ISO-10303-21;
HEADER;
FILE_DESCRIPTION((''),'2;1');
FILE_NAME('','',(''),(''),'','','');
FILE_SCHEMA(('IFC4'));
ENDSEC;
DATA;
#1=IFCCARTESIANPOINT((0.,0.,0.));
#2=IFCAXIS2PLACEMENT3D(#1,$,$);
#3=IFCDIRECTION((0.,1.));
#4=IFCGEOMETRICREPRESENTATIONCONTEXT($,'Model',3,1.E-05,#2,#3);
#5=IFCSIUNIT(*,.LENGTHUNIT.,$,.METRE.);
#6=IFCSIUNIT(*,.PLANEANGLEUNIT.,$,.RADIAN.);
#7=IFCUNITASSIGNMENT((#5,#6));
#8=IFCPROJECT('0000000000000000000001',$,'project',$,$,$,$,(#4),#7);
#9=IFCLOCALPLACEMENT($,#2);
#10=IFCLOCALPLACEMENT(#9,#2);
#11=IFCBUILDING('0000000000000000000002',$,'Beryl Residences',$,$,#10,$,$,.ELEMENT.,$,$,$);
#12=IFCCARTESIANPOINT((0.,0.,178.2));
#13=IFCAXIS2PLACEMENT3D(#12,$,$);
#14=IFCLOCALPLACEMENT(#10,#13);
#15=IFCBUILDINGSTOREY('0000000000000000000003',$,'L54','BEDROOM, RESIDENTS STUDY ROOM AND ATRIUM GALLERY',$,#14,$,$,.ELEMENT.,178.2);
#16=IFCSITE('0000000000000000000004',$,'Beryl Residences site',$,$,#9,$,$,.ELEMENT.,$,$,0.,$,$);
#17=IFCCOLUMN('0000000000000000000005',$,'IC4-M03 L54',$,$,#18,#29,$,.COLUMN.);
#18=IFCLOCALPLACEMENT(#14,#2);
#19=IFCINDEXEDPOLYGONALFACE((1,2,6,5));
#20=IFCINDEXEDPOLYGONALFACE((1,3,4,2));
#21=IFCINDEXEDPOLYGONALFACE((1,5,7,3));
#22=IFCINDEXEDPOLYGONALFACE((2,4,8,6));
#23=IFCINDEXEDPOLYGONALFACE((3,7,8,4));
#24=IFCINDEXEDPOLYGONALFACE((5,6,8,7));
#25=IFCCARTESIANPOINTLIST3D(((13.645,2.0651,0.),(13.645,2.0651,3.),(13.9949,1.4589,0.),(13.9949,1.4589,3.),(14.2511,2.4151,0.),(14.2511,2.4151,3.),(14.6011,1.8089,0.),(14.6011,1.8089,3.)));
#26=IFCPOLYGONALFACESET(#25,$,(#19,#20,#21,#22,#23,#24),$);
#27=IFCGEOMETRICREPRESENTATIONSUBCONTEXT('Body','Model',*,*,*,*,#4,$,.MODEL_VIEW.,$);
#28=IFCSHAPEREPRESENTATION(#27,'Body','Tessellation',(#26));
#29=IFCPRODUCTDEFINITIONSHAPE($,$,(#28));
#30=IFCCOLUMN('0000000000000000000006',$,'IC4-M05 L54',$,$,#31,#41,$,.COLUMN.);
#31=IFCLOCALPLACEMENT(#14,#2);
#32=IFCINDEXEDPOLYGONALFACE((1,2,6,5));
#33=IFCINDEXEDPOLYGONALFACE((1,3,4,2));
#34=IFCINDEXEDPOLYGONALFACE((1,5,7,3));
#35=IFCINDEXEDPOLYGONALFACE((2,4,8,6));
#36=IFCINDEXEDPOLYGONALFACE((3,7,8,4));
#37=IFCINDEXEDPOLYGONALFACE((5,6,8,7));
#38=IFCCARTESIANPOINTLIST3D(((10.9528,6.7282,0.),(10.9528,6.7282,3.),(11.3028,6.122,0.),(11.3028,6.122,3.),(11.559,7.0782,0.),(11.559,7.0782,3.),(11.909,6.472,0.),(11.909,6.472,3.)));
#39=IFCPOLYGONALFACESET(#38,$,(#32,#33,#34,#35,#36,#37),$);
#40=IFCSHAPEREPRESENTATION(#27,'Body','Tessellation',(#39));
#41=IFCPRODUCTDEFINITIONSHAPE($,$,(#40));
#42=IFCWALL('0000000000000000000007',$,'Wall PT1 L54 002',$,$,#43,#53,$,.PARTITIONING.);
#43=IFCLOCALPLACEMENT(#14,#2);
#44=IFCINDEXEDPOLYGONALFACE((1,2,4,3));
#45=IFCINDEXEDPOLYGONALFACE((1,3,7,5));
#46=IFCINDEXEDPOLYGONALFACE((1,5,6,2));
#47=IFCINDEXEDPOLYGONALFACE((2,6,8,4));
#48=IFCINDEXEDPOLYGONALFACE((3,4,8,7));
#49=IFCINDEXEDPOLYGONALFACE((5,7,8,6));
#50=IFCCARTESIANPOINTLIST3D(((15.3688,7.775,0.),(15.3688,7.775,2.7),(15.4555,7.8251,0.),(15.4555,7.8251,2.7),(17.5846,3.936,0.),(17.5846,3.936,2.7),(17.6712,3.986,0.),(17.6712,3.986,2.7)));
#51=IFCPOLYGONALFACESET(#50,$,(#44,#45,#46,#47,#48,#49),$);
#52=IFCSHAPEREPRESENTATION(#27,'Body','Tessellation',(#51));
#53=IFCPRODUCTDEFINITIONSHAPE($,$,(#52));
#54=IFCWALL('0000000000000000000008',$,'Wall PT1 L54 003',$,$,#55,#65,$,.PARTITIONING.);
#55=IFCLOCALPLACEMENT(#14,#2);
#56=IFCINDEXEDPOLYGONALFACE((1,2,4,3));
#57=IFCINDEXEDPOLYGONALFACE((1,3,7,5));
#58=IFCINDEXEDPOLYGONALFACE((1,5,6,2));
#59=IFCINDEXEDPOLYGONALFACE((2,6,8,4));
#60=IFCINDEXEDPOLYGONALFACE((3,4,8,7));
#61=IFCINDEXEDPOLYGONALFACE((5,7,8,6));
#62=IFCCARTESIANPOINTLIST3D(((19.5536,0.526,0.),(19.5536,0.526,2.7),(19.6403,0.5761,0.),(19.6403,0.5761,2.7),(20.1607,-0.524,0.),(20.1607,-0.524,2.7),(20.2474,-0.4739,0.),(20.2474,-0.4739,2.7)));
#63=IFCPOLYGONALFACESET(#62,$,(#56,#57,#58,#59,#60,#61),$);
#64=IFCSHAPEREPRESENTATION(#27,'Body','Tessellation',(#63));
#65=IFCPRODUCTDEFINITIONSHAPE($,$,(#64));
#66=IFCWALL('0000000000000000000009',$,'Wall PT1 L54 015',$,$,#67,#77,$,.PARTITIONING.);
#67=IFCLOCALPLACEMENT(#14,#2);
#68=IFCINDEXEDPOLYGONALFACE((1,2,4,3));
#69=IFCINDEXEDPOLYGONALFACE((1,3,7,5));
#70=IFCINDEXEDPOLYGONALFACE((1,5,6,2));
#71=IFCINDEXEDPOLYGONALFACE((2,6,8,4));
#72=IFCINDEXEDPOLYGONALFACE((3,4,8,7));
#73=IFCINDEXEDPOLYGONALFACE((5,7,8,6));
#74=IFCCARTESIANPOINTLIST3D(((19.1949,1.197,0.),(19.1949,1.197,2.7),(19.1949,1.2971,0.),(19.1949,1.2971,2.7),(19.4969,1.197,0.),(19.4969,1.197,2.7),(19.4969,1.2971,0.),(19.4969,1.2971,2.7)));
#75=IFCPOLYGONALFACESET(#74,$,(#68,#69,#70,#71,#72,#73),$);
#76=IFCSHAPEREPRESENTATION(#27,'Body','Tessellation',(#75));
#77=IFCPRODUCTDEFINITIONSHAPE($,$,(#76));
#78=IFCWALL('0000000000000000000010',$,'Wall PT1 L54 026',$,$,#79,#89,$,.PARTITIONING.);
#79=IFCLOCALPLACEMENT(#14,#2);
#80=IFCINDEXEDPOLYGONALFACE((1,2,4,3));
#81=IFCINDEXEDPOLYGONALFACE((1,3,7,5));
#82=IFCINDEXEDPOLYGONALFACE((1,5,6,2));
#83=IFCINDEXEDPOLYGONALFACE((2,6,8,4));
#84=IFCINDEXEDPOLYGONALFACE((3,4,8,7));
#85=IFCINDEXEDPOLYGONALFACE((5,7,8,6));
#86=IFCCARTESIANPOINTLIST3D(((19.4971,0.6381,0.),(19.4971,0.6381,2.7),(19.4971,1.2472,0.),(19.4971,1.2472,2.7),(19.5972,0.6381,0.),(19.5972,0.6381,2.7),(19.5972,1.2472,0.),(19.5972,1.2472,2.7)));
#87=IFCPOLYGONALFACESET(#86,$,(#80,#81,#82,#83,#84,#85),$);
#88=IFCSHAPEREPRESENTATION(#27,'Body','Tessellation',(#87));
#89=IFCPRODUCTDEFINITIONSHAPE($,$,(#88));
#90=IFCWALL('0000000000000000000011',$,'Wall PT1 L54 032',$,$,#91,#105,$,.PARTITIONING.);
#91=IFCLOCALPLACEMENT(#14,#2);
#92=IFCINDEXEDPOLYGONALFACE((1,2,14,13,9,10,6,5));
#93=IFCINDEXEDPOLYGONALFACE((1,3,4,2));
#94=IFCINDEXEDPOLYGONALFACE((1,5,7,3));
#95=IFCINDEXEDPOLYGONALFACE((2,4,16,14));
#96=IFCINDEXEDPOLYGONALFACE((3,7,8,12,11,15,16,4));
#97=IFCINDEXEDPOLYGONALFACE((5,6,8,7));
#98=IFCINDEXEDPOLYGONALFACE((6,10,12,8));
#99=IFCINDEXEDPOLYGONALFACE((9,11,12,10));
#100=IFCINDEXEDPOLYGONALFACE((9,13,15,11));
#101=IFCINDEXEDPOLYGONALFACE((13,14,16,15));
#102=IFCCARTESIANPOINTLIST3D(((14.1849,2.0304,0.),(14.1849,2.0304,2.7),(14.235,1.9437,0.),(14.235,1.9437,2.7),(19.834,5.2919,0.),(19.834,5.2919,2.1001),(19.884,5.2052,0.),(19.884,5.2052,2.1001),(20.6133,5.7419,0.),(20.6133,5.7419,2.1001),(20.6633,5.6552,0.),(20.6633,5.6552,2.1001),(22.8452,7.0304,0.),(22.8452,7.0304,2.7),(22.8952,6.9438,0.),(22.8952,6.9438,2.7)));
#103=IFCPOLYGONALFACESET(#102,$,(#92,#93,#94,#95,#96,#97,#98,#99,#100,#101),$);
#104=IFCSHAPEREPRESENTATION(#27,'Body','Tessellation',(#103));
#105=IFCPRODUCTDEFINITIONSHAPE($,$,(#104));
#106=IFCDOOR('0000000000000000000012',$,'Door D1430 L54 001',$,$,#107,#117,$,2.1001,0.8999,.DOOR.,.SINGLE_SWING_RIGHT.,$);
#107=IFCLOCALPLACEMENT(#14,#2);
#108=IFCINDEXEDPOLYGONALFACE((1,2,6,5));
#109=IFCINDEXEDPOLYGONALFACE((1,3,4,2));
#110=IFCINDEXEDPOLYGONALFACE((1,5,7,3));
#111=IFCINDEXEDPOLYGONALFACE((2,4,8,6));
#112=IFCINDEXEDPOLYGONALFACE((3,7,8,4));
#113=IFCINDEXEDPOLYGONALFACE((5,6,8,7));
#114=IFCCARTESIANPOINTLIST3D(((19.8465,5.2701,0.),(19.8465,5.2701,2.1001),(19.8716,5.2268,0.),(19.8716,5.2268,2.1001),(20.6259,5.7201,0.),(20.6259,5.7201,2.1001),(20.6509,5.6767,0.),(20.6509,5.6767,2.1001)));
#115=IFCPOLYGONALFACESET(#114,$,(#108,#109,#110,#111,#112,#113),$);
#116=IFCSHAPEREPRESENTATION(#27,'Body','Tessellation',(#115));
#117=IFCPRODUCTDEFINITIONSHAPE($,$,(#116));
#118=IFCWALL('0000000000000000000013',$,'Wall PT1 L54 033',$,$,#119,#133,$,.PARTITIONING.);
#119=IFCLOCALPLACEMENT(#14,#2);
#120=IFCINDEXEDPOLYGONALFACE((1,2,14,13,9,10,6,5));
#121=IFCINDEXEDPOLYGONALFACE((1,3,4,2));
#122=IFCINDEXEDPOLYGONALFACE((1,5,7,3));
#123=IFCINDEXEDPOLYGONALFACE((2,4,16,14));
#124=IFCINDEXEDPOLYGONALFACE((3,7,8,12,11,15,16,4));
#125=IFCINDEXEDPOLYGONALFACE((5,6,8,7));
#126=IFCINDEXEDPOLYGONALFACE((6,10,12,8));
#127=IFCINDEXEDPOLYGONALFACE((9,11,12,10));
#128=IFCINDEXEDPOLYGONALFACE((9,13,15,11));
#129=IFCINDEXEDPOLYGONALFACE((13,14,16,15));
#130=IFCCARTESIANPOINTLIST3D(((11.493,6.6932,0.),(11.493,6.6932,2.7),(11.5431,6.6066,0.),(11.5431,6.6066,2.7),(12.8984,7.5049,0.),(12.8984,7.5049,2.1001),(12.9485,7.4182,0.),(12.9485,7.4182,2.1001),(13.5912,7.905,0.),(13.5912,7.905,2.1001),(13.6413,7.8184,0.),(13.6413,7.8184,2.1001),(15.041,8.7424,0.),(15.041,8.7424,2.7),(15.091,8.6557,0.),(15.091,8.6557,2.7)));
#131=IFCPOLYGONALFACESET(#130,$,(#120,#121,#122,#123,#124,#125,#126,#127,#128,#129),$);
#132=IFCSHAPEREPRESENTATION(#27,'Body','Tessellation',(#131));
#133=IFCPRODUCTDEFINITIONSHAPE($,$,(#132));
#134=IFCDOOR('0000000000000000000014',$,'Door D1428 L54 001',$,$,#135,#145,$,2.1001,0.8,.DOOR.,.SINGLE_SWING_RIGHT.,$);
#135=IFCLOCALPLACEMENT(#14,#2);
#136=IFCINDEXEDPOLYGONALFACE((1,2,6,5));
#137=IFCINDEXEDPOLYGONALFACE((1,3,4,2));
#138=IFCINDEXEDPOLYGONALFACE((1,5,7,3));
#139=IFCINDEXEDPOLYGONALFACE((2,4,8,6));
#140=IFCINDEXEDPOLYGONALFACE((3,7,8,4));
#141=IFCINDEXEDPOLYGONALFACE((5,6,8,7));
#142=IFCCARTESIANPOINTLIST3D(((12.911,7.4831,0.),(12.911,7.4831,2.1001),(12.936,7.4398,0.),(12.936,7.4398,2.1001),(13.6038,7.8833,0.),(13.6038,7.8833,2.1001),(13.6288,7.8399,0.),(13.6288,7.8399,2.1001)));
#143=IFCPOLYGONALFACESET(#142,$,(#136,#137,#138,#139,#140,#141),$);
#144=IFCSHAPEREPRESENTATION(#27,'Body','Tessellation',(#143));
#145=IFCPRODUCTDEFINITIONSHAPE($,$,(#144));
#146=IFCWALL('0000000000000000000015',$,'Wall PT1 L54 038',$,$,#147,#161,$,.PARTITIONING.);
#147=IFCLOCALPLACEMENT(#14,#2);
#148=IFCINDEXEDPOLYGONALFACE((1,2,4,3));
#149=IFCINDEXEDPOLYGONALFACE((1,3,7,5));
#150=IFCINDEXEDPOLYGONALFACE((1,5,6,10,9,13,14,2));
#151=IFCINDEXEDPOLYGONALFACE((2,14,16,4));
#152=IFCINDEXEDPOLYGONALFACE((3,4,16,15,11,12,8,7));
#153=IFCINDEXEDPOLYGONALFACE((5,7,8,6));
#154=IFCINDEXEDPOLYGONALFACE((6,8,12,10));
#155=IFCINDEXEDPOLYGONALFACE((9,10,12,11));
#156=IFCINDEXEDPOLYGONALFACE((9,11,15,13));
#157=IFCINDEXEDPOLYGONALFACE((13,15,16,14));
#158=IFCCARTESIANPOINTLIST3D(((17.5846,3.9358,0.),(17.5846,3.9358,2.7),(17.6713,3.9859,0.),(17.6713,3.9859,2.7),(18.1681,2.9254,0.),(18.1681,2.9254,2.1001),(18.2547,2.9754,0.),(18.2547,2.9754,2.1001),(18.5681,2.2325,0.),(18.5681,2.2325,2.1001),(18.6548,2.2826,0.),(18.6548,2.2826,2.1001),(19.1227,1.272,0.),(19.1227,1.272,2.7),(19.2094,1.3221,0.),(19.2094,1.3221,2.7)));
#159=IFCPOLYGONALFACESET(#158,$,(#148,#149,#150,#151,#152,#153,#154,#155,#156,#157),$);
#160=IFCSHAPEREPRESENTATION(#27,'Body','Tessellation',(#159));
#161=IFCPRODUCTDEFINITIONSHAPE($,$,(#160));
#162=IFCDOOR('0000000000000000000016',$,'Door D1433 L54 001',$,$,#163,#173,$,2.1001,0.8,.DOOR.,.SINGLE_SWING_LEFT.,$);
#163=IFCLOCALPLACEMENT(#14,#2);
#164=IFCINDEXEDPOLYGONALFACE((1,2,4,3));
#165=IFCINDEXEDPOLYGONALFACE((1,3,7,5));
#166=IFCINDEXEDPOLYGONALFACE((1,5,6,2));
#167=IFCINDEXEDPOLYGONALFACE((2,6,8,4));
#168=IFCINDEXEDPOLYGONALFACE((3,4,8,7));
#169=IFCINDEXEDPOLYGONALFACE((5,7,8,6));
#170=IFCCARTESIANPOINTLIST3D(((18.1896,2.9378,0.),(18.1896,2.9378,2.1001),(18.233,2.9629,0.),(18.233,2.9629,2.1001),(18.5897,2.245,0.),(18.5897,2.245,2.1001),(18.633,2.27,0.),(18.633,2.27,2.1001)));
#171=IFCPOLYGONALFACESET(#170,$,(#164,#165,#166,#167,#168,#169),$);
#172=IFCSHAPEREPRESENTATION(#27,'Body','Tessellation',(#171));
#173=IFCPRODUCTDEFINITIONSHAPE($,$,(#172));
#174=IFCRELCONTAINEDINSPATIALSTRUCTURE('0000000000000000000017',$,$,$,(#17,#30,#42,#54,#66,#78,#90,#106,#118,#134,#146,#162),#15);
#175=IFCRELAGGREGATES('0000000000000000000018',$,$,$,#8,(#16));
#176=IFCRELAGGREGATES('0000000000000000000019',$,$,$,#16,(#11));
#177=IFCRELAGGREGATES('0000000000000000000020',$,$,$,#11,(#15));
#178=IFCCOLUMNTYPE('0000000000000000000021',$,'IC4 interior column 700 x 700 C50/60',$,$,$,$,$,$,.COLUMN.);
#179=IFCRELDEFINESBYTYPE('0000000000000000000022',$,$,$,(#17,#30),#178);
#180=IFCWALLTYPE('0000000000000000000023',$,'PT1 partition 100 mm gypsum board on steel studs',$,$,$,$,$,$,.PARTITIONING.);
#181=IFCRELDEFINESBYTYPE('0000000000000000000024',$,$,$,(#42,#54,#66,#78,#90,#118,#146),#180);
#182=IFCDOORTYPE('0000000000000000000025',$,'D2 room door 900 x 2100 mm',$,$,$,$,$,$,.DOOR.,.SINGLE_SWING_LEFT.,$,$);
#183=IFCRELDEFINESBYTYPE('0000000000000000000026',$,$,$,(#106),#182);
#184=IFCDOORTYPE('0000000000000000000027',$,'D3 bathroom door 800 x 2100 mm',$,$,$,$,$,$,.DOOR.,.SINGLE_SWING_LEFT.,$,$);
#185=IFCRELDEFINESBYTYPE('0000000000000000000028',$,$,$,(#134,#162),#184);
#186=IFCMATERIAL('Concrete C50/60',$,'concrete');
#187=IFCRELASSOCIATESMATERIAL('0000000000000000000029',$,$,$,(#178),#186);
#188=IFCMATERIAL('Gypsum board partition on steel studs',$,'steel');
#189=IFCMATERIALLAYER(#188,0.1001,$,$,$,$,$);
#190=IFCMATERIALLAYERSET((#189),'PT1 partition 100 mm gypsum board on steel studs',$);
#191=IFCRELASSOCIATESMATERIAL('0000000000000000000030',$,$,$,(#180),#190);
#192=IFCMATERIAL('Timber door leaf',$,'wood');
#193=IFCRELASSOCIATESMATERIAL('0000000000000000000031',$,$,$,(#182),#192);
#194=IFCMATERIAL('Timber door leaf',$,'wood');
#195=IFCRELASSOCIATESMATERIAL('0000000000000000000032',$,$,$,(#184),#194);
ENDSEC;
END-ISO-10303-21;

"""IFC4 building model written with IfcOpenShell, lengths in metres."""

from ifc_helpers import new_model, si_unit, direction, frame, frame_2d, origin, origin_2d, place, context, subcontext, project, spatial, rectangle, extrude, material, layer, layer_set, material_profile, profile_set, type_object, element, fill, save


model = new_model("IFC4")

# Units and contexts
model_context = context("Model", 3, precision=1e-05, world=origin(), true_north=direction((0.0, 1.0)))
body_context = subcontext(model_context, "Body", "Model", "MODEL_VIEW")
ifc_project = project(units=[si_unit("LENGTHUNIT", "METRE"), si_unit("PLANEANGLEUNIT", "RADIAN")], contexts=[model_context])

# Site, building, storey
site_placement = place(None, origin())
site = spatial("IfcSite", under=ifc_project, at=site_placement, Name="Beryl Residences site", CompositionType="ELEMENT", RefElevation=0.0)
building_placement = place(site_placement, origin())
building = spatial("IfcBuilding", under=site, at=building_placement, Name="Beryl Residences", CompositionType="ELEMENT")
storey_placement = place(building_placement, frame((0.0, 0.0, 178.2)))
storey = spatial("IfcBuildingStorey", under=building, at=storey_placement, Name="L54", Description="BEDROOM, RESIDENTS STUDY ROOM AND ATRIUM GALLERY", CompositionType="ELEMENT", Elevation=178.2)

# Columns
ifc_material_1 = material(Name="Concrete C50/60", Category="concrete")
ifc_material_profile = material_profile(ifc_material_1, rectangle(XDim=0.7, YDim=0.7, at=origin_2d()))
ifc_profile_set = profile_set([ifc_material_profile], Name="Concrete C50/60")
column_type = type_object("IfcColumnType", Name="IC4 interior column 700 x 700 C50/60", PredefinedType="COLUMN", material=ifc_profile_set)
for number, where, z_axis, x_axis, name in (
    (1, (14.123, 1.937, 0.0), (0.0, 0.0, 1.0), (-0.5, 0.866025, 0.0), "IC4-M03 L54"),
    (2, (11.4309, 6.6001, 0.0), (0.0, 0.0, 1.0), (-0.5, 0.866025, 0.0), "IC4-M05 L54"),
):
    element("IfcColumn", number, at=place(storey_placement, frame(where, z_axis=z_axis, x_axis=x_axis)), inside=storey, type_object=column_type, Name=name, PredefinedType="COLUMN", context=body_context, shape_type="SweptSolid", body=[
        extrude(rectangle(XDim=0.7, YDim=0.7, at=origin_2d()), origin(), (0.0, 0.0, 1.0), 3.0),
    ])

# Walls
ifc_material_2 = material(Name="Gypsum board partition on steel studs", Category="steel")
ifc_layer_1 = layer(ifc_material_2, 0.1001)
ifc_layer_set_1 = layer_set([ifc_layer_1], Name="PT1 partition 100 mm gypsum board on steel studs")
wall_type_1 = type_object("IfcWallType", Name="PT1 partition 100 mm gypsum board on steel studs", PredefinedType="PARTITIONING", material=ifc_layer_set_1)
wall_1_placement = place(storey_placement, frame((15.4121, 7.8, 0.0), z_axis=(0.0, 0.0, 1.0), x_axis=(0.499883, -0.866093, 0.0)))
element("IfcWall", 3, at=wall_1_placement, inside=storey, type_object=wall_type_1, Name="Wall PT1 L54 002", PredefinedType="PARTITIONING", context=body_context, shape_type="SweptSolid", body=[
    extrude(rectangle(XDim=4.4326, YDim=0.1001, at=frame_2d((2.2163, 0.0))), origin(), (0.0, 0.0, 1.0), 2.7),
])
wall_2_placement = place(storey_placement, frame((19.5969, 0.551, 0.0), z_axis=(0.0, 0.0, 1.0), x_axis=(0.500576, -0.865693, 0.0)))
element("IfcWall", 4, at=wall_2_placement, inside=storey, type_object=wall_type_1, Name="Wall PT1 L54 003", PredefinedType="PARTITIONING", context=body_context, shape_type="SweptSolid", body=[
    extrude(rectangle(XDim=1.2129, YDim=0.1001, at=frame_2d((0.6064, 0.0))), origin(), (0.0, 0.0, 1.0), 2.7),
])
wall_3_placement = place(storey_placement, frame((19.1951, 1.2471, 0.0), z_axis=(0.0, 0.0, 1.0), x_axis=(1.0, 0.0, 0.0)))
element("IfcWall", 5, at=wall_3_placement, inside=storey, type_object=wall_type_1, Name="Wall PT1 L54 015", PredefinedType="PARTITIONING", context=body_context, shape_type="SweptSolid", body=[
    extrude(rectangle(XDim=0.302, YDim=0.1001, at=frame_2d((0.1509, 0.0))), origin(), (0.0, 0.0, 1.0), 2.7),
])
wall_4_placement = place(storey_placement, frame((19.5471, 0.6379, 0.0), z_axis=(0.0, 0.0, 1.0), x_axis=(0.0, 1.0, 0.0)))
element("IfcWall", 6, at=wall_4_placement, inside=storey, type_object=wall_type_1, Name="Wall PT1 L54 026", PredefinedType="PARTITIONING", context=body_context, shape_type="SweptSolid", body=[
    extrude(rectangle(XDim=0.6091, YDim=0.1001, at=frame_2d((0.3047, 0.0))), origin(), (0.0, 0.0, 1.0), 2.7),
])

# Walls, openings, doors
wall_5_placement = place(storey_placement, frame((14.21, 1.9871, 0.0), z_axis=(0.0, 0.0, 1.0), x_axis=(0.866023, 0.500004, 0.0)))
wall_5 = element("IfcWall", 7, at=wall_5_placement, inside=storey, type_object=wall_type_1, Name="Wall PT1 L54 032", PredefinedType="PARTITIONING", context=body_context, shape_type="SweptSolid", body=[
    extrude(rectangle(XDim=10.0, YDim=0.1001, at=frame_2d((5.0, 0.0))), origin(), (0.0, 0.0, 1.0), 2.7),
])
opening_1_placement = place(wall_5_placement, frame((6.5229, 0.0, 0.0)))
opening_1 = element("IfcOpeningElement", 8, at=opening_1_placement, cuts=wall_5, PredefinedType="OPENING", context=body_context, shape_type="SweptSolid", body=[
    extrude(rectangle(XDim=0.8999, YDim=2.1001, at=frame_2d((0.45, 1.05))), frame((0.0, 0.0601, 0.0), z_axis=(0.0, -1.0, 0.0), x_axis=(1.0, 0.0, 0.0)), (0.0, 0.0, 1.0), 0.1201),
])
ifc_material_3 = material(Name="Timber door leaf", Category="wood")
door_type_1 = type_object("IfcDoorType", Name="D2 room door 900 x 2100 mm", OperationType="SINGLE_SWING_LEFT", PredefinedType="DOOR", material=ifc_material_3)
door_1_placement = place(opening_1_placement, origin())
door_1 = element("IfcDoor", 9, at=door_1_placement, inside=storey, type_object=door_type_1, Name="Door D1430 L54 001", OperationType="SINGLE_SWING_RIGHT", OverallHeight=2.1001, OverallWidth=0.8999, PredefinedType="DOOR", context=body_context, shape_type="SweptSolid", body=[
    extrude(rectangle(XDim=0.8999, YDim=2.1001, at=frame_2d((0.45, 1.05))), frame((0.0, 0.0249, 0.0), z_axis=(0.0, -1.0, 0.0), x_axis=(1.0, 0.0, 0.0)), (0.0, 0.0, 1.0), 0.05),
])
fill(opening_1, door_1)
wall_6_placement = place(storey_placement, frame((11.5181, 6.6499, 0.0), z_axis=(0.0, 0.0, 1.0), x_axis=(0.865949, 0.500132, 0.0)))
wall_6 = element("IfcWall", 10, at=wall_6_placement, inside=storey, type_object=wall_type_1, Name="Wall PT1 L54 033", PredefinedType="PARTITIONING", context=body_context, shape_type="SweptSolid", body=[
    extrude(rectangle(XDim=4.0972, YDim=0.1001, at=frame_2d((2.0486, 0.0))), origin(), (0.0, 0.0, 1.0), 2.7),
])
opening_2_placement = place(wall_6_placement, frame((1.623, 0.0, 0.0)))
opening_2 = element("IfcOpeningElement", 11, at=opening_2_placement, cuts=wall_6, PredefinedType="OPENING", context=body_context, shape_type="SweptSolid", body=[
    extrude(rectangle(XDim=0.8, YDim=2.1001, at=frame_2d((0.3999, 1.05))), frame((0.0, 0.0601, 0.0), z_axis=(0.0, -1.0, 0.0), x_axis=(1.0, 0.0, 0.0)), (0.0, 0.0, 1.0), 0.1201),
])
ifc_material_4 = material(Name="Timber door leaf", Category="wood")
door_type_2 = type_object("IfcDoorType", Name="D3 bathroom door 800 x 2100 mm", OperationType="SINGLE_SWING_LEFT", PredefinedType="DOOR", material=ifc_material_4)
door_2_placement = place(opening_2_placement, origin())
door_2 = element("IfcDoor", 12, at=door_2_placement, inside=storey, type_object=door_type_2, Name="Door D1428 L54 001", OperationType="SINGLE_SWING_RIGHT", OverallHeight=2.1001, OverallWidth=0.8, PredefinedType="DOOR", context=body_context, shape_type="SweptSolid", body=[
    extrude(rectangle(XDim=0.8, YDim=2.1001, at=frame_2d((0.3999, 1.05))), frame((0.0, 0.0249, 0.0), z_axis=(0.0, -1.0, 0.0), x_axis=(1.0, 0.0, 0.0)), (0.0, 0.0, 1.0), 0.05),
])
fill(opening_2, door_2)
wall_7_placement = place(storey_placement, frame((17.6279, 3.9609, 0.0), z_axis=(0.0, 0.0, 1.0), x_axis=(0.500032, -0.866007, 0.0)))
wall_7 = element("IfcWall", 13, at=wall_7_placement, inside=storey, type_object=wall_type_1, Name="Wall PT1 L54 038", PredefinedType="PARTITIONING", context=body_context, shape_type="SweptSolid", body=[
    extrude(rectangle(XDim=3.0759, YDim=0.1001, at=frame_2d((1.5381, 0.0))), origin(), (0.0, 0.0, 1.0), 2.7),
])
opening_3_placement = place(wall_7_placement, frame((1.167, 0.0, 0.0)))
opening_3 = element("IfcOpeningElement", 14, at=opening_3_placement, cuts=wall_7, PredefinedType="OPENING", context=body_context, shape_type="SweptSolid", body=[
    extrude(rectangle(XDim=0.8, YDim=2.1001, at=frame_2d((0.3999, 1.05))), frame((0.0, 0.0601, 0.0), z_axis=(0.0, -1.0, 0.0), x_axis=(1.0, 0.0, 0.0)), (0.0, 0.0, 1.0), 0.1201),
])
door_3_placement = place(opening_3_placement, origin())
door_3 = element("IfcDoor", 15, at=door_3_placement, inside=storey, type_object=door_type_2, Name="Door D1433 L54 001", OperationType="SINGLE_SWING_LEFT", OverallHeight=2.1001, OverallWidth=0.8, PredefinedType="DOOR", context=body_context, shape_type="SweptSolid", body=[
    extrude(rectangle(XDim=0.8, YDim=2.1001, at=frame_2d((0.3999, 1.05))), frame((0.0, 0.0249, 0.0), z_axis=(0.0, -1.0, 0.0), x_axis=(1.0, 0.0, 0.0)), (0.0, 0.0, 1.0), 0.05),
])
fill(opening_3, door_3)

save(model, "model.ifc")
